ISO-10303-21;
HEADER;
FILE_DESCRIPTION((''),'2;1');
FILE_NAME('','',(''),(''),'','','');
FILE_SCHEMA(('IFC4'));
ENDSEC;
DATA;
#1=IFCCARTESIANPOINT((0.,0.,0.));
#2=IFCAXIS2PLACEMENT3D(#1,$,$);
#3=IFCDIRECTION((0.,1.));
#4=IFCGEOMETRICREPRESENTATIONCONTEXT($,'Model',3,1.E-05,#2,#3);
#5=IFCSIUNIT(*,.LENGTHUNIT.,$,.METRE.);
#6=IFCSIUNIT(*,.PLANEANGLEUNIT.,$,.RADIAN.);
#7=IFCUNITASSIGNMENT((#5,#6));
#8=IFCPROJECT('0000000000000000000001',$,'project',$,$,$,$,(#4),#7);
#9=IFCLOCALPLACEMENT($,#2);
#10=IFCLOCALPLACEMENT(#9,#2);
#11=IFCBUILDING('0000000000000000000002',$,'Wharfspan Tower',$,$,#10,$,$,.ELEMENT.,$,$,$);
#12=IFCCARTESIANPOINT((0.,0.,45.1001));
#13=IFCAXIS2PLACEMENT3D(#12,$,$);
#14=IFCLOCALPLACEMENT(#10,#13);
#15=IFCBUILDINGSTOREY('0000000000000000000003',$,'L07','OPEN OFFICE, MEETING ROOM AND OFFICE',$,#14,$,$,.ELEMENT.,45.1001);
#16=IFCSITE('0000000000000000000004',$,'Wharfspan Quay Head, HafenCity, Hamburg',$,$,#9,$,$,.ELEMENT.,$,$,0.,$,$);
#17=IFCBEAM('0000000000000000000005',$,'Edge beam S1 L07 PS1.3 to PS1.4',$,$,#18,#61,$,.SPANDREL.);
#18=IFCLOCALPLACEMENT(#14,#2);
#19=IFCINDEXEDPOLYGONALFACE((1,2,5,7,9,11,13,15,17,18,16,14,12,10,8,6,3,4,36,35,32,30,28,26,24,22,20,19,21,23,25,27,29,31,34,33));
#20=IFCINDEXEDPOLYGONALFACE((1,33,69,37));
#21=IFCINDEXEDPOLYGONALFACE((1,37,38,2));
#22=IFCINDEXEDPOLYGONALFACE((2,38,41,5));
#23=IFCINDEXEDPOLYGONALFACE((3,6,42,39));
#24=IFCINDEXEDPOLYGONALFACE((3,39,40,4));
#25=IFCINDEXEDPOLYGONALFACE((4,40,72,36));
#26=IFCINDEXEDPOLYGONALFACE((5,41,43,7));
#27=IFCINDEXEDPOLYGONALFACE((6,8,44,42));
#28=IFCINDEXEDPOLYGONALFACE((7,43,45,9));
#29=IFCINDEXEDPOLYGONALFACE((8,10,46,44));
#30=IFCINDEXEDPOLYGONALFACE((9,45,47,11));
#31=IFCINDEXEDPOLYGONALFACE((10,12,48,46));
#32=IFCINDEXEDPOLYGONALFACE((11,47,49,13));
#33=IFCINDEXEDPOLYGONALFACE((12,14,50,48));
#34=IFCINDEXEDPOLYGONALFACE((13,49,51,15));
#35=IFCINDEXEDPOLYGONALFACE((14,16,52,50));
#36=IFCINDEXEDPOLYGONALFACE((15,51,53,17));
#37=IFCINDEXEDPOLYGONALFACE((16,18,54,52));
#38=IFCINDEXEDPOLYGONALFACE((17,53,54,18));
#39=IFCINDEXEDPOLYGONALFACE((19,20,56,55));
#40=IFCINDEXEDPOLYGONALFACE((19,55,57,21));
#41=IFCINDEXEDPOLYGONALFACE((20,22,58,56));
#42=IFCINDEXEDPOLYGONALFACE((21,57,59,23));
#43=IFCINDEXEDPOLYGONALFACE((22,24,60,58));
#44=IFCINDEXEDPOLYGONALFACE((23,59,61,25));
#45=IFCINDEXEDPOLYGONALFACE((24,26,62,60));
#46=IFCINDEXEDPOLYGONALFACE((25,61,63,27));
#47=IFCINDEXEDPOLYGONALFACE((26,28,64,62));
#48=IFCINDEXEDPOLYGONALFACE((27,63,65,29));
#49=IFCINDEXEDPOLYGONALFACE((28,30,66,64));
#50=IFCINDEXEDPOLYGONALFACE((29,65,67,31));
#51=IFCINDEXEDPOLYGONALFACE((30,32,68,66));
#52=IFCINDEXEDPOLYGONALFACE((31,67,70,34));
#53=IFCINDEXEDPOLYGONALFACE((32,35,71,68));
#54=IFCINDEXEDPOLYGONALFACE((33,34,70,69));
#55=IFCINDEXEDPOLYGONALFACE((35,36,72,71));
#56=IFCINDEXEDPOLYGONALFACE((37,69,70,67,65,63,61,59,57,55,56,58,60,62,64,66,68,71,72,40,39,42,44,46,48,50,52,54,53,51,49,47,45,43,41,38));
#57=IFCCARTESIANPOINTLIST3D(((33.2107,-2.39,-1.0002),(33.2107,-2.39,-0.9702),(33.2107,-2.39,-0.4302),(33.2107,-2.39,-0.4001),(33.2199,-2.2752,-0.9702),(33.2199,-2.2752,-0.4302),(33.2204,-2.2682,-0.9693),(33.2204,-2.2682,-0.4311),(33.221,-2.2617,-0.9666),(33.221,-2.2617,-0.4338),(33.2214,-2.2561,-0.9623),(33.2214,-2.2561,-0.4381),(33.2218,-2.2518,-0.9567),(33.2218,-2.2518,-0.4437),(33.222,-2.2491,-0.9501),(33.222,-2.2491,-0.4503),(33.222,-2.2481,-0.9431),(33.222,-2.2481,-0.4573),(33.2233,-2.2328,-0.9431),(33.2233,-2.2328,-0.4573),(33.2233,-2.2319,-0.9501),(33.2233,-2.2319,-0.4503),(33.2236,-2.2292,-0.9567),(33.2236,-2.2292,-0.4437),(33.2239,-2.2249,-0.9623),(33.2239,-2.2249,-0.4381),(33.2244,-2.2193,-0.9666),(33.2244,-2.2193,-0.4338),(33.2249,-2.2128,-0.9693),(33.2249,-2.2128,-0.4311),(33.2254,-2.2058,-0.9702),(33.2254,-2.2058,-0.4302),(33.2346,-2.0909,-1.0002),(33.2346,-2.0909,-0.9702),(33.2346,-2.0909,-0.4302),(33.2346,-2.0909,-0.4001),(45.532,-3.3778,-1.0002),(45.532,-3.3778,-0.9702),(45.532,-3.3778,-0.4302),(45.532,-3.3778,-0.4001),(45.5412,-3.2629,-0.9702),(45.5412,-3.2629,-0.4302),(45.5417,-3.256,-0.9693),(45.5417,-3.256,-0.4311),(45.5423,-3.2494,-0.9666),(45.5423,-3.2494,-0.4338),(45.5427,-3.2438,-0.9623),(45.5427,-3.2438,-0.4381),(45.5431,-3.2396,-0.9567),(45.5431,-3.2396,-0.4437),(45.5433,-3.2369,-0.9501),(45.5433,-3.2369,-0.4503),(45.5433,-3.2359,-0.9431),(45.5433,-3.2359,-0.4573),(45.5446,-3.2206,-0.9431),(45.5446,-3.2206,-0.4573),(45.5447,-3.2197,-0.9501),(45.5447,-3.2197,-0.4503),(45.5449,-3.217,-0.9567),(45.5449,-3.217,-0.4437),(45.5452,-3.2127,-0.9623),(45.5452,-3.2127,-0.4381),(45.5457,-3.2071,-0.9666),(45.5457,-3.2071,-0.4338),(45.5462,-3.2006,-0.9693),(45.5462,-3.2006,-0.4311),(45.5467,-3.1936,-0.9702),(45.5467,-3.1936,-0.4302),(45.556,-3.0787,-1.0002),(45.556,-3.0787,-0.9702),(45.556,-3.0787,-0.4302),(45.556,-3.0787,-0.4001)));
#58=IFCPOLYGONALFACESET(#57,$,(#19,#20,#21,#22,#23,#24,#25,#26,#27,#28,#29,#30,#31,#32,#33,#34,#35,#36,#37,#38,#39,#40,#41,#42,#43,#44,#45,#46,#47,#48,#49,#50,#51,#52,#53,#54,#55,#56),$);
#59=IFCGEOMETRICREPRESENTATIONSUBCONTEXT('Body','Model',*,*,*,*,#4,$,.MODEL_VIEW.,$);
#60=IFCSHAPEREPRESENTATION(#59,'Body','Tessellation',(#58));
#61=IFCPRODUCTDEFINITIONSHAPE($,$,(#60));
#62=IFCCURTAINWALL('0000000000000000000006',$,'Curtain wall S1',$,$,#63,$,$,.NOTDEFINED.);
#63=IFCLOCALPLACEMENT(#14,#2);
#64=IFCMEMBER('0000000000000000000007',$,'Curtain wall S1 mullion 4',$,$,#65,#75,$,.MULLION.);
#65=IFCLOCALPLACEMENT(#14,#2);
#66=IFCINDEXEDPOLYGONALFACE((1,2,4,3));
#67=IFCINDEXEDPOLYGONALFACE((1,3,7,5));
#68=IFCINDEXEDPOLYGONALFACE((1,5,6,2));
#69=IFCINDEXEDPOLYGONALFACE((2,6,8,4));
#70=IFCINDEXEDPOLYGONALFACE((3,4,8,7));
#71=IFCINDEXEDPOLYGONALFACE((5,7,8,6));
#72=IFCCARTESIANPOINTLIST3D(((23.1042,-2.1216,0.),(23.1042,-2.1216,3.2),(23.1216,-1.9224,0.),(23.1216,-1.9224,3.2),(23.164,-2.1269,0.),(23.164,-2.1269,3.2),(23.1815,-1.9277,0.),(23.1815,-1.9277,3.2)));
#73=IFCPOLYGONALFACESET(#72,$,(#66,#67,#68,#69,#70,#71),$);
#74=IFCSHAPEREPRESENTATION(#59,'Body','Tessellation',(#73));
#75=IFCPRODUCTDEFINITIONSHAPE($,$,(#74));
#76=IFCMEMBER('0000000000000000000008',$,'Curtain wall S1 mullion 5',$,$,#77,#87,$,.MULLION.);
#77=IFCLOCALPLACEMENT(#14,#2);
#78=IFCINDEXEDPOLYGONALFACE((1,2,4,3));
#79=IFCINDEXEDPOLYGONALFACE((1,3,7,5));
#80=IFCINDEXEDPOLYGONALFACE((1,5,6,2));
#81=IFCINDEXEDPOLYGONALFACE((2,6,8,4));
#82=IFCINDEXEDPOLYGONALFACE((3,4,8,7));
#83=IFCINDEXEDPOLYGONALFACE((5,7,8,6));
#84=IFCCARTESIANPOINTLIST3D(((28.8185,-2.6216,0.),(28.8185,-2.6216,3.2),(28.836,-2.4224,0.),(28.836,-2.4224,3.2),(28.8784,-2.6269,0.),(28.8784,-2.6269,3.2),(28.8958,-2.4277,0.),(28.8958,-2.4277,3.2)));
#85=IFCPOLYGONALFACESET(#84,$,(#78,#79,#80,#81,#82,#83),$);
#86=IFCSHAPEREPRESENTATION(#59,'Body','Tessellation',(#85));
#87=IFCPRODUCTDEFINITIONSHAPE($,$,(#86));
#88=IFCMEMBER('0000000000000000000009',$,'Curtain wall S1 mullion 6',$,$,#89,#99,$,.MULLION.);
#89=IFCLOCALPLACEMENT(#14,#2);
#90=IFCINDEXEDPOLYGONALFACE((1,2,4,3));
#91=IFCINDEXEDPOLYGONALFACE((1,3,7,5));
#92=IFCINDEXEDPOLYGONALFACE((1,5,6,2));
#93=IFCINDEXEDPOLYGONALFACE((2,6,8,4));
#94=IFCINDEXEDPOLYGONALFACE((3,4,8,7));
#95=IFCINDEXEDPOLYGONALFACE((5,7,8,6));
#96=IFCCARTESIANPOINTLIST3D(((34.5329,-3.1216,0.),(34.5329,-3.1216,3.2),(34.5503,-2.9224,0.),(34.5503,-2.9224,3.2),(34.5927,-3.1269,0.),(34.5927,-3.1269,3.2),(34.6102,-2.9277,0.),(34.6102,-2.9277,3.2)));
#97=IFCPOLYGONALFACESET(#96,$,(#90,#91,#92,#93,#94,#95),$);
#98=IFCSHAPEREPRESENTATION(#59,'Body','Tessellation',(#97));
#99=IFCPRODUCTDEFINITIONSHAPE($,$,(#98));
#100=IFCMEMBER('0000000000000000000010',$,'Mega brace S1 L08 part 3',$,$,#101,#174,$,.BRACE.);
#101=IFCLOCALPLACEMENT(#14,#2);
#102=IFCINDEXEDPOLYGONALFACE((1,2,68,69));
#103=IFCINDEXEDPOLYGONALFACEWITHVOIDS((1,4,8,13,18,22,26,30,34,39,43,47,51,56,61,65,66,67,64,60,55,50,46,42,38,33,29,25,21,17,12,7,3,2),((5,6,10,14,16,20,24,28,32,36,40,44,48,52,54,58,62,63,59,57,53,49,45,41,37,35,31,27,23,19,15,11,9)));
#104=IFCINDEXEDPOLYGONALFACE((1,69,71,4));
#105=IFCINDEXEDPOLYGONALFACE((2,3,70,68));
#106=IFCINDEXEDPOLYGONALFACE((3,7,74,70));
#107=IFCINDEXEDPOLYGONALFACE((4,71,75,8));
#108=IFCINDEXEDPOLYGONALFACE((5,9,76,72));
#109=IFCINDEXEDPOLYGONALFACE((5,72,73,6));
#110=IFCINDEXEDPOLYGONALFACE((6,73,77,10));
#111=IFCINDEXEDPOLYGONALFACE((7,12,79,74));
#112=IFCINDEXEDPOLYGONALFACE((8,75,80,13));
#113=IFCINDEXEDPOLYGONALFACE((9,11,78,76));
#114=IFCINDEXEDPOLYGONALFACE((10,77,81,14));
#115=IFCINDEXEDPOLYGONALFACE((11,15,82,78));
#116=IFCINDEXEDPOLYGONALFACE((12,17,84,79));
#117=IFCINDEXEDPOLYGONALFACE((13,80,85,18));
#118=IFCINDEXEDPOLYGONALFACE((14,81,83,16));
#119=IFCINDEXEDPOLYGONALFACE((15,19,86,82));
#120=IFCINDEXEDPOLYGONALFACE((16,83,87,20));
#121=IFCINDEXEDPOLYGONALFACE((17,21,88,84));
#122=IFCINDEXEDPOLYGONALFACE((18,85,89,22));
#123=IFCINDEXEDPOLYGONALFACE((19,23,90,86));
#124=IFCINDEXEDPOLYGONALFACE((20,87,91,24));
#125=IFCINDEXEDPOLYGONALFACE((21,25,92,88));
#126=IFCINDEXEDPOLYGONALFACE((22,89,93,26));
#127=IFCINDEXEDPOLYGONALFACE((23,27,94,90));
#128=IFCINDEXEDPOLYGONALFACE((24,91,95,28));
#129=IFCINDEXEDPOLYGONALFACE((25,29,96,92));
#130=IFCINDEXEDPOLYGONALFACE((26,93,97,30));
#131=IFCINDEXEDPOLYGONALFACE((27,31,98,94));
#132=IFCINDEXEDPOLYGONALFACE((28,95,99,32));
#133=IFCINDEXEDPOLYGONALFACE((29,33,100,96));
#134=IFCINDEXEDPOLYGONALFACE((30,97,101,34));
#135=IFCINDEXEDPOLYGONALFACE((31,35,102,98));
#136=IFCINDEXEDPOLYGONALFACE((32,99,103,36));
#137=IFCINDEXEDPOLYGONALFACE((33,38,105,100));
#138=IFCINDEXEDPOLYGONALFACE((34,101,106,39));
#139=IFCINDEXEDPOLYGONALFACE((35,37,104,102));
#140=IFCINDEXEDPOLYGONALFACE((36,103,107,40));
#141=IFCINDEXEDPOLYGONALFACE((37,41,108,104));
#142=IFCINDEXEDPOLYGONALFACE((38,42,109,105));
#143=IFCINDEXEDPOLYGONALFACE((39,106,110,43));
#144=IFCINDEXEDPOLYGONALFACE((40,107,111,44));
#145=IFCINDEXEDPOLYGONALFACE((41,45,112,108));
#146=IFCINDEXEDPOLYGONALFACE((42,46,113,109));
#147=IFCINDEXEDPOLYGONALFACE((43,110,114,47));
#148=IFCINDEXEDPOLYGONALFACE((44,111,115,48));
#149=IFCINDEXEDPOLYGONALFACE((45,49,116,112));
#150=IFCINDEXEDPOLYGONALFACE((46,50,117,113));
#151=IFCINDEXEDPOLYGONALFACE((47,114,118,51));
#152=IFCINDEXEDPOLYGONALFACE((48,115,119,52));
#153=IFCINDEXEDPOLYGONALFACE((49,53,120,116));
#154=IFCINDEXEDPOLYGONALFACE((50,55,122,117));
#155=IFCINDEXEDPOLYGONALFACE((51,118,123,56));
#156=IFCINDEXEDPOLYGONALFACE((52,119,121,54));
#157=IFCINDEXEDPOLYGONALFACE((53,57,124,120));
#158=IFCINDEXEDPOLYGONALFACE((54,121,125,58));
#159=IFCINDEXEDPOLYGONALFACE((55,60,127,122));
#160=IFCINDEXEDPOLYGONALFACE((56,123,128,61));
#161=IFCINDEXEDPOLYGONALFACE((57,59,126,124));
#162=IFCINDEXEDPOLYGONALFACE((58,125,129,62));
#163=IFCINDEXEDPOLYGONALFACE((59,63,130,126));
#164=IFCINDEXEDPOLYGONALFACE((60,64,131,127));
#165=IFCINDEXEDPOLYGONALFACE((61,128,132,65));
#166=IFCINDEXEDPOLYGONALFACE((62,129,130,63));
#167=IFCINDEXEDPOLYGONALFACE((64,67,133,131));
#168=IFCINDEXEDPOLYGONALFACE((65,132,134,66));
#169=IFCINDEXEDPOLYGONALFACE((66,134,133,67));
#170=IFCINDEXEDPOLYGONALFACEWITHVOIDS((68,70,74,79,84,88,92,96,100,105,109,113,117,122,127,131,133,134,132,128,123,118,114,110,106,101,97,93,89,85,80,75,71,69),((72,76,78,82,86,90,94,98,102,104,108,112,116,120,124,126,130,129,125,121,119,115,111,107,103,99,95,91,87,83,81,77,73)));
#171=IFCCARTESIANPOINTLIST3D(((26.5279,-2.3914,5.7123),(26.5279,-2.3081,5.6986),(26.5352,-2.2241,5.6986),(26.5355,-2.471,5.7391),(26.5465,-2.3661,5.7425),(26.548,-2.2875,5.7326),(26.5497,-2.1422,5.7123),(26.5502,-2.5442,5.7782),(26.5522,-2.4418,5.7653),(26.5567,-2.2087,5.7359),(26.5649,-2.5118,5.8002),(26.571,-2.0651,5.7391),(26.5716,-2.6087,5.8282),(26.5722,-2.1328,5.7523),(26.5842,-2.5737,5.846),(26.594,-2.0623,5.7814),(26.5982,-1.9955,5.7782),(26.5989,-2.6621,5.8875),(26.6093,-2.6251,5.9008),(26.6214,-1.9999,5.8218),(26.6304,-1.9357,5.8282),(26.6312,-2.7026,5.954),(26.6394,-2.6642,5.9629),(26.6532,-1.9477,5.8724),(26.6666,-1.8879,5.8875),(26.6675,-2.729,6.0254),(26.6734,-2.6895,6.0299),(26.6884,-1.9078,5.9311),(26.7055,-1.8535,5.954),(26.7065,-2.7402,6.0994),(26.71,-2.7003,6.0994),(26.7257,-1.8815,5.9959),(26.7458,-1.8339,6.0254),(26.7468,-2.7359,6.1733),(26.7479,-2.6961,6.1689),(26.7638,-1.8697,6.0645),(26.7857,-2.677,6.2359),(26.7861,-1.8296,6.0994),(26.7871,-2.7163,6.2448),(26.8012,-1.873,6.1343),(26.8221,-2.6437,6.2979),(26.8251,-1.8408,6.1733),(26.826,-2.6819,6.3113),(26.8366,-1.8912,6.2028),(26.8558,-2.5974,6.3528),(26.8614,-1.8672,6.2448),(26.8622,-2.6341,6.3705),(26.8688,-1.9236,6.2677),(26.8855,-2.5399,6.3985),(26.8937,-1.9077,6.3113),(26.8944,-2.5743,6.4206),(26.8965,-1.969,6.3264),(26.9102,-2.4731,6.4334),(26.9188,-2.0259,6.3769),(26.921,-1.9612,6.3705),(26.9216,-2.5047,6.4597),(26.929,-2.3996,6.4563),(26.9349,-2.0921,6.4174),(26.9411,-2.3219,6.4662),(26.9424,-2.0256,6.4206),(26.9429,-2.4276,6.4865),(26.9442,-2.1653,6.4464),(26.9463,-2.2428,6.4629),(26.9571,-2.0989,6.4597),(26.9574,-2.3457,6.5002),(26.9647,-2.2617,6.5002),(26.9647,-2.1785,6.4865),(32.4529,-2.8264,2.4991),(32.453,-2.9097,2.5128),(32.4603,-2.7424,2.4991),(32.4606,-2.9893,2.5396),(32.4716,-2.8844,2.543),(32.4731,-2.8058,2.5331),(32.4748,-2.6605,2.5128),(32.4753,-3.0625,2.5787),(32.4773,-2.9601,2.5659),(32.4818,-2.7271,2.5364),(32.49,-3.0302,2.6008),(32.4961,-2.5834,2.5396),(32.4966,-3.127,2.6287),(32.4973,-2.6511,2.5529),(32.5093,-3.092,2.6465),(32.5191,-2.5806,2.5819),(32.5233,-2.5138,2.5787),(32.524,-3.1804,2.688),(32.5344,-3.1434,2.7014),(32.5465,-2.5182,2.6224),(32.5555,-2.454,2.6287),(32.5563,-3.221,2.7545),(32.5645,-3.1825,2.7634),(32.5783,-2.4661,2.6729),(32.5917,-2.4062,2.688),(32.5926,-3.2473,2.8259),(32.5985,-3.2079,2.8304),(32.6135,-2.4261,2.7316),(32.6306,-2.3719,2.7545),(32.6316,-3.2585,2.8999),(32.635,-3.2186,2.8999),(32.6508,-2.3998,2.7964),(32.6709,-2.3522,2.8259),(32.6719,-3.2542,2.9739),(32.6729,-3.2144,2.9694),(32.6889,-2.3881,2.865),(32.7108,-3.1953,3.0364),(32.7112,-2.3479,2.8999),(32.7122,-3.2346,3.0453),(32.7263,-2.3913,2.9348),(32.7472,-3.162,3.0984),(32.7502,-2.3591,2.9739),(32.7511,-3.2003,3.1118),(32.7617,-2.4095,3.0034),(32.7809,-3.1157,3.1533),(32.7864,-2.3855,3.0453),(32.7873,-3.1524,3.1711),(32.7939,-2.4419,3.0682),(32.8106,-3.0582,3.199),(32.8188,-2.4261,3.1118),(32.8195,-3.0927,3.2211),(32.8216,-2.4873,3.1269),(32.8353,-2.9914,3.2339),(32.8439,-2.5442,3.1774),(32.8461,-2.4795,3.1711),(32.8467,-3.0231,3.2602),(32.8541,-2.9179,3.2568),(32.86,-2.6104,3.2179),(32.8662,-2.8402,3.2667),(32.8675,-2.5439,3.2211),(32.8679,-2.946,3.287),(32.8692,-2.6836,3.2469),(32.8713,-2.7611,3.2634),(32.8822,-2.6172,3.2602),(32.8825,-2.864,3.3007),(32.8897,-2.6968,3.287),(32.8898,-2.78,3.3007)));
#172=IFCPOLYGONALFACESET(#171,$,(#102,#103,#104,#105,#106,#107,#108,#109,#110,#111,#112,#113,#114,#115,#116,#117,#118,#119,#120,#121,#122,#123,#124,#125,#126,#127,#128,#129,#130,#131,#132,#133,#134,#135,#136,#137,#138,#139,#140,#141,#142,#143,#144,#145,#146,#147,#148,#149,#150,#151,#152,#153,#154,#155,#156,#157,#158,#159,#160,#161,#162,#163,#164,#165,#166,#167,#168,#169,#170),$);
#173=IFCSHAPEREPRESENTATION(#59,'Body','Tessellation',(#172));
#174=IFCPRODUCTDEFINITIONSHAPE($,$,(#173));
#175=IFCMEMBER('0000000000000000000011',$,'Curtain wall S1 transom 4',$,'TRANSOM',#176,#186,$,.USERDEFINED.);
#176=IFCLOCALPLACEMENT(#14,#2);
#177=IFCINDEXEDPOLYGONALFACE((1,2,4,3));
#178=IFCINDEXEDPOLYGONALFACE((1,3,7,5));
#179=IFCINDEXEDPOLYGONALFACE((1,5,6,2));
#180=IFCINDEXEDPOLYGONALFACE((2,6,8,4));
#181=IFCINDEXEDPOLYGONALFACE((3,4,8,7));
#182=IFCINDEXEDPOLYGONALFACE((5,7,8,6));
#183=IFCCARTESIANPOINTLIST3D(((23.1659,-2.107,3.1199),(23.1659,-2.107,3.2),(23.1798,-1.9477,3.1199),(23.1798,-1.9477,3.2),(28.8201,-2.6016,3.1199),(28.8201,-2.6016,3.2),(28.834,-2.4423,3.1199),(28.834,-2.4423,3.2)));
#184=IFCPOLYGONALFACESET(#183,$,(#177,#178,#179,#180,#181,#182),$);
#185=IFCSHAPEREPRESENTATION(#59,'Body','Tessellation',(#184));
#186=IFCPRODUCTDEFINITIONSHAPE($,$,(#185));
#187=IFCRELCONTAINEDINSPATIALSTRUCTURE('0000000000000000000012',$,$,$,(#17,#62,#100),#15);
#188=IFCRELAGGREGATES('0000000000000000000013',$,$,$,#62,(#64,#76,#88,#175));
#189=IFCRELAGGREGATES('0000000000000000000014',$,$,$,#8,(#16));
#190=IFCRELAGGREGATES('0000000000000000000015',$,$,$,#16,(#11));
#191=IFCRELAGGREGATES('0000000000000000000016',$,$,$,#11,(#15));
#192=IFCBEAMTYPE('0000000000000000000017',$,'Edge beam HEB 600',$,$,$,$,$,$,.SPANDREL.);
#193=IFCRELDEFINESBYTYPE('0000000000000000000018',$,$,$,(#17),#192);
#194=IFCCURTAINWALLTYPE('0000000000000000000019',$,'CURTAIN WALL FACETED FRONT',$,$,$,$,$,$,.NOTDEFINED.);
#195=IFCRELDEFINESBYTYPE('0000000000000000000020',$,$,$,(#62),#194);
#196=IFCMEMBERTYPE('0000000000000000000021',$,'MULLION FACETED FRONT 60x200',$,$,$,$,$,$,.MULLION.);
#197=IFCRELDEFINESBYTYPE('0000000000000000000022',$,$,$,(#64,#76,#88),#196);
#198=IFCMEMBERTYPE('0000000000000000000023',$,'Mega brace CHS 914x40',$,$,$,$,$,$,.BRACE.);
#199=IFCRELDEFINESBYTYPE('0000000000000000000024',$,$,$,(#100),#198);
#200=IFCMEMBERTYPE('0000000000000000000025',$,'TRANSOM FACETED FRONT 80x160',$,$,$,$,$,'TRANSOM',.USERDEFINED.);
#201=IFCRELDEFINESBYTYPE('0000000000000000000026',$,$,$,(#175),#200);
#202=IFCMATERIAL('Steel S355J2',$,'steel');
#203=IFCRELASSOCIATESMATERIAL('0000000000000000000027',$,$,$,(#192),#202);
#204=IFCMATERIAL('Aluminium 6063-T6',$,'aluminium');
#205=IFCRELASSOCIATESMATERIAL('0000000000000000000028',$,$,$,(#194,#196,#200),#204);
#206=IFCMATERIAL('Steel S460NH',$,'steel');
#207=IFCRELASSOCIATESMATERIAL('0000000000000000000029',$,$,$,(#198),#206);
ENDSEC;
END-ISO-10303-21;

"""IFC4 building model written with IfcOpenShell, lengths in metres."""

from ifc_helpers import new_model, si_unit, direction, frame, origin, origin_2d, place, context, subcontext, project, spatial, rectangle, hollow_circle, i_section, extrude, material, material_profile, profile_set, type_object, element, aggregate, save


model = new_model("IFC4")

# Units and contexts
model_context = context("Model", 3, precision=1e-05, world=origin(), true_north=direction((0.0, 1.0)))
body_context = subcontext(model_context, "Body", "Model", "MODEL_VIEW")
ifc_project = project(units=[si_unit("LENGTHUNIT", "METRE"), si_unit("PLANEANGLEUNIT", "RADIAN")], contexts=[model_context])

# Site, building, storey
site_placement = place(None, origin())
site = spatial("IfcSite", under=ifc_project, at=site_placement, Name="Wharfspan Quay Head, HafenCity, Hamburg", CompositionType="ELEMENT", RefElevation=0.0)
building_placement = place(site_placement, origin())
building = spatial("IfcBuilding", under=site, at=building_placement, Name="Wharfspan Tower", CompositionType="ELEMENT")
storey_placement = place(building_placement, frame((0.0, 0.0, 45.1001)))
storey = spatial("IfcBuildingStorey", under=building, at=storey_placement, Name="L07", Description="OPEN OFFICE, MEETING ROOM AND OFFICE", CompositionType="ELEMENT", Elevation=45.1001)

# Shared definitions
ifc_material_1 = material(Name="Steel S355J2", Category="steel")

# Beam
ifc_material_profile_1 = material_profile(ifc_material_1, i_section(OverallWidth=0.3, OverallDepth=0.6001, WebThickness=0.0154, FlangeThickness=0.03, FilletRadius=0.0271, at=origin_2d()))
ifc_profile_set_1 = profile_set([ifc_material_profile_1], Name="Steel S355J2")
beam_type = type_object("IfcBeamType", Name="Edge beam HEB 600", PredefinedType="SPANDREL", material=ifc_profile_set_1)
beam_placement = place(storey_placement, frame((33.2227, -2.2405, -0.7002), z_axis=(0.996802, -0.079913, 0.0), x_axis=(0.079913, 0.996802, 0.0)))
element("IfcBeam", 1, at=beam_placement, inside=storey, type_object=beam_type, Name="Edge beam S1 L07 PS1.3 to PS1.4", PredefinedType="SPANDREL", context=body_context, shape_type="SweptSolid", body=[
    extrude(i_section(OverallWidth=0.3, OverallDepth=0.6001, WebThickness=0.0154, FlangeThickness=0.03, FilletRadius=0.0271, at=origin_2d()), origin(), (0.0, 0.0, 1.0), 12.3608),
])

# Curtain wall, members
ifc_material_2 = material(Name="Aluminium 6063-T6", Category="aluminium")
curtain_wall_type = type_object("IfcCurtainWallType", Name="CURTAIN WALL FACETED FRONT", PredefinedType="NOTDEFINED", material=ifc_material_2)
curtain_wall_placement = place(storey_placement, origin())
curtain_wall = element("IfcCurtainWall", 2, at=curtain_wall_placement, inside=storey, type_object=curtain_wall_type, Name="Curtain wall S1", PredefinedType="NOTDEFINED")
ifc_material_profile_2 = material_profile(ifc_material_2, rectangle(XDim=0.2, YDim=0.0601, at=origin_2d()))
ifc_profile_set_2 = profile_set([ifc_material_profile_2], Name="Aluminium 6063-T6")
member_type_1 = type_object("IfcMemberType", Name="MULLION FACETED FRONT 60x200", PredefinedType="MULLION", material=ifc_profile_set_2)
member_1_placement = place(storey_placement, frame((23.1428, -2.0247, 0.0), z_axis=(0.0, 0.0, 1.0), x_axis=(0.087156, 0.996197, 0.0)))
member_1 = element("IfcMember", 3, at=member_1_placement, type_object=member_type_1, Name="Curtain wall S1 mullion 4", PredefinedType="MULLION", context=body_context, shape_type="SweptSolid", body=[
    extrude(rectangle(XDim=0.2, YDim=0.0601, at=origin_2d()), origin(), (0.0, 0.0, 1.0), 3.2),
])
member_2_placement = place(storey_placement, frame((28.8572, -2.5247, 0.0), z_axis=(0.0, 0.0, 1.0), x_axis=(0.087156, 0.996197, 0.0)))
member_2 = element("IfcMember", 4, at=member_2_placement, type_object=member_type_1, Name="Curtain wall S1 mullion 5", PredefinedType="MULLION", context=body_context, shape_type="SweptSolid", body=[
    extrude(rectangle(XDim=0.2, YDim=0.0601, at=origin_2d()), origin(), (0.0, 0.0, 1.0), 3.2),
])
member_3_placement = place(storey_placement, frame((34.5715, -3.0247, 0.0), z_axis=(0.0, 0.0, 1.0), x_axis=(0.087156, 0.996197, 0.0)))
member_3 = element("IfcMember", 5, at=member_3_placement, type_object=member_type_1, Name="Curtain wall S1 mullion 6", PredefinedType="MULLION", context=body_context, shape_type="SweptSolid", body=[
    extrude(rectangle(XDim=0.2, YDim=0.0601, at=origin_2d()), origin(), (0.0, 0.0, 1.0), 3.2),
])

# Members
ifc_material_3 = material(Name="Steel S460NH", Category="steel")
ifc_material_profile_3 = material_profile(ifc_material_3, hollow_circle(Radius=0.457, WallThickness=0.04, at=origin_2d()))
ifc_profile_set_3 = profile_set([ifc_material_profile_3], Name="Steel S460NH")
member_type_2 = type_object("IfcMemberType", Name="Mega brace CHS 914x40", PredefinedType="BRACE", material=ifc_profile_set_3)
member_4_placement = place(storey_placement, frame((32.6714, -2.8032, 2.8999), z_axis=(-0.877314, 0.076746, 0.47374), x_axis=(-0.087144, -0.996196, 0.000003)))
element("IfcMember", 6, at=member_4_placement, inside=storey, type_object=member_type_2, Name="Mega brace S1 L08 part 3", PredefinedType="BRACE", context=body_context, shape_type="SweptSolid", body=[
    extrude(hollow_circle(Radius=0.457, WallThickness=0.04, at=origin_2d()), origin(), (0.0, 0.0, 1.0), 6.7537),
])
ifc_material_profile_4 = material_profile(ifc_material_2, rectangle(XDim=0.1599, YDim=0.0801, at=origin_2d()))
ifc_profile_set_4 = profile_set([ifc_material_profile_4], Name="Aluminium 6063-T6")
member_type_3 = type_object("IfcMemberType", Name="TRANSOM FACETED FRONT 80x160", ElementType="TRANSOM", PredefinedType="USERDEFINED", material=ifc_profile_set_4)
member_5_placement = place(storey_placement, frame((23.1729, -2.0273, 3.1599), z_axis=(0.996196, -0.087146, 0.0), x_axis=(0.087146, 0.996196, 0.0)))
member_5 = element("IfcMember", 7, at=member_5_placement, type_object=member_type_3, Name="Curtain wall S1 transom 4", ObjectType="TRANSOM", PredefinedType="USERDEFINED", context=body_context, shape_type="SweptSolid", body=[
    extrude(rectangle(XDim=0.1599, YDim=0.0801, at=origin_2d()), origin(), (0.0, 0.0, 1.0), 5.6758),
])

aggregate(curtain_wall, [member_1, member_2, member_3, member_5])

save(model, "model.ifc")
